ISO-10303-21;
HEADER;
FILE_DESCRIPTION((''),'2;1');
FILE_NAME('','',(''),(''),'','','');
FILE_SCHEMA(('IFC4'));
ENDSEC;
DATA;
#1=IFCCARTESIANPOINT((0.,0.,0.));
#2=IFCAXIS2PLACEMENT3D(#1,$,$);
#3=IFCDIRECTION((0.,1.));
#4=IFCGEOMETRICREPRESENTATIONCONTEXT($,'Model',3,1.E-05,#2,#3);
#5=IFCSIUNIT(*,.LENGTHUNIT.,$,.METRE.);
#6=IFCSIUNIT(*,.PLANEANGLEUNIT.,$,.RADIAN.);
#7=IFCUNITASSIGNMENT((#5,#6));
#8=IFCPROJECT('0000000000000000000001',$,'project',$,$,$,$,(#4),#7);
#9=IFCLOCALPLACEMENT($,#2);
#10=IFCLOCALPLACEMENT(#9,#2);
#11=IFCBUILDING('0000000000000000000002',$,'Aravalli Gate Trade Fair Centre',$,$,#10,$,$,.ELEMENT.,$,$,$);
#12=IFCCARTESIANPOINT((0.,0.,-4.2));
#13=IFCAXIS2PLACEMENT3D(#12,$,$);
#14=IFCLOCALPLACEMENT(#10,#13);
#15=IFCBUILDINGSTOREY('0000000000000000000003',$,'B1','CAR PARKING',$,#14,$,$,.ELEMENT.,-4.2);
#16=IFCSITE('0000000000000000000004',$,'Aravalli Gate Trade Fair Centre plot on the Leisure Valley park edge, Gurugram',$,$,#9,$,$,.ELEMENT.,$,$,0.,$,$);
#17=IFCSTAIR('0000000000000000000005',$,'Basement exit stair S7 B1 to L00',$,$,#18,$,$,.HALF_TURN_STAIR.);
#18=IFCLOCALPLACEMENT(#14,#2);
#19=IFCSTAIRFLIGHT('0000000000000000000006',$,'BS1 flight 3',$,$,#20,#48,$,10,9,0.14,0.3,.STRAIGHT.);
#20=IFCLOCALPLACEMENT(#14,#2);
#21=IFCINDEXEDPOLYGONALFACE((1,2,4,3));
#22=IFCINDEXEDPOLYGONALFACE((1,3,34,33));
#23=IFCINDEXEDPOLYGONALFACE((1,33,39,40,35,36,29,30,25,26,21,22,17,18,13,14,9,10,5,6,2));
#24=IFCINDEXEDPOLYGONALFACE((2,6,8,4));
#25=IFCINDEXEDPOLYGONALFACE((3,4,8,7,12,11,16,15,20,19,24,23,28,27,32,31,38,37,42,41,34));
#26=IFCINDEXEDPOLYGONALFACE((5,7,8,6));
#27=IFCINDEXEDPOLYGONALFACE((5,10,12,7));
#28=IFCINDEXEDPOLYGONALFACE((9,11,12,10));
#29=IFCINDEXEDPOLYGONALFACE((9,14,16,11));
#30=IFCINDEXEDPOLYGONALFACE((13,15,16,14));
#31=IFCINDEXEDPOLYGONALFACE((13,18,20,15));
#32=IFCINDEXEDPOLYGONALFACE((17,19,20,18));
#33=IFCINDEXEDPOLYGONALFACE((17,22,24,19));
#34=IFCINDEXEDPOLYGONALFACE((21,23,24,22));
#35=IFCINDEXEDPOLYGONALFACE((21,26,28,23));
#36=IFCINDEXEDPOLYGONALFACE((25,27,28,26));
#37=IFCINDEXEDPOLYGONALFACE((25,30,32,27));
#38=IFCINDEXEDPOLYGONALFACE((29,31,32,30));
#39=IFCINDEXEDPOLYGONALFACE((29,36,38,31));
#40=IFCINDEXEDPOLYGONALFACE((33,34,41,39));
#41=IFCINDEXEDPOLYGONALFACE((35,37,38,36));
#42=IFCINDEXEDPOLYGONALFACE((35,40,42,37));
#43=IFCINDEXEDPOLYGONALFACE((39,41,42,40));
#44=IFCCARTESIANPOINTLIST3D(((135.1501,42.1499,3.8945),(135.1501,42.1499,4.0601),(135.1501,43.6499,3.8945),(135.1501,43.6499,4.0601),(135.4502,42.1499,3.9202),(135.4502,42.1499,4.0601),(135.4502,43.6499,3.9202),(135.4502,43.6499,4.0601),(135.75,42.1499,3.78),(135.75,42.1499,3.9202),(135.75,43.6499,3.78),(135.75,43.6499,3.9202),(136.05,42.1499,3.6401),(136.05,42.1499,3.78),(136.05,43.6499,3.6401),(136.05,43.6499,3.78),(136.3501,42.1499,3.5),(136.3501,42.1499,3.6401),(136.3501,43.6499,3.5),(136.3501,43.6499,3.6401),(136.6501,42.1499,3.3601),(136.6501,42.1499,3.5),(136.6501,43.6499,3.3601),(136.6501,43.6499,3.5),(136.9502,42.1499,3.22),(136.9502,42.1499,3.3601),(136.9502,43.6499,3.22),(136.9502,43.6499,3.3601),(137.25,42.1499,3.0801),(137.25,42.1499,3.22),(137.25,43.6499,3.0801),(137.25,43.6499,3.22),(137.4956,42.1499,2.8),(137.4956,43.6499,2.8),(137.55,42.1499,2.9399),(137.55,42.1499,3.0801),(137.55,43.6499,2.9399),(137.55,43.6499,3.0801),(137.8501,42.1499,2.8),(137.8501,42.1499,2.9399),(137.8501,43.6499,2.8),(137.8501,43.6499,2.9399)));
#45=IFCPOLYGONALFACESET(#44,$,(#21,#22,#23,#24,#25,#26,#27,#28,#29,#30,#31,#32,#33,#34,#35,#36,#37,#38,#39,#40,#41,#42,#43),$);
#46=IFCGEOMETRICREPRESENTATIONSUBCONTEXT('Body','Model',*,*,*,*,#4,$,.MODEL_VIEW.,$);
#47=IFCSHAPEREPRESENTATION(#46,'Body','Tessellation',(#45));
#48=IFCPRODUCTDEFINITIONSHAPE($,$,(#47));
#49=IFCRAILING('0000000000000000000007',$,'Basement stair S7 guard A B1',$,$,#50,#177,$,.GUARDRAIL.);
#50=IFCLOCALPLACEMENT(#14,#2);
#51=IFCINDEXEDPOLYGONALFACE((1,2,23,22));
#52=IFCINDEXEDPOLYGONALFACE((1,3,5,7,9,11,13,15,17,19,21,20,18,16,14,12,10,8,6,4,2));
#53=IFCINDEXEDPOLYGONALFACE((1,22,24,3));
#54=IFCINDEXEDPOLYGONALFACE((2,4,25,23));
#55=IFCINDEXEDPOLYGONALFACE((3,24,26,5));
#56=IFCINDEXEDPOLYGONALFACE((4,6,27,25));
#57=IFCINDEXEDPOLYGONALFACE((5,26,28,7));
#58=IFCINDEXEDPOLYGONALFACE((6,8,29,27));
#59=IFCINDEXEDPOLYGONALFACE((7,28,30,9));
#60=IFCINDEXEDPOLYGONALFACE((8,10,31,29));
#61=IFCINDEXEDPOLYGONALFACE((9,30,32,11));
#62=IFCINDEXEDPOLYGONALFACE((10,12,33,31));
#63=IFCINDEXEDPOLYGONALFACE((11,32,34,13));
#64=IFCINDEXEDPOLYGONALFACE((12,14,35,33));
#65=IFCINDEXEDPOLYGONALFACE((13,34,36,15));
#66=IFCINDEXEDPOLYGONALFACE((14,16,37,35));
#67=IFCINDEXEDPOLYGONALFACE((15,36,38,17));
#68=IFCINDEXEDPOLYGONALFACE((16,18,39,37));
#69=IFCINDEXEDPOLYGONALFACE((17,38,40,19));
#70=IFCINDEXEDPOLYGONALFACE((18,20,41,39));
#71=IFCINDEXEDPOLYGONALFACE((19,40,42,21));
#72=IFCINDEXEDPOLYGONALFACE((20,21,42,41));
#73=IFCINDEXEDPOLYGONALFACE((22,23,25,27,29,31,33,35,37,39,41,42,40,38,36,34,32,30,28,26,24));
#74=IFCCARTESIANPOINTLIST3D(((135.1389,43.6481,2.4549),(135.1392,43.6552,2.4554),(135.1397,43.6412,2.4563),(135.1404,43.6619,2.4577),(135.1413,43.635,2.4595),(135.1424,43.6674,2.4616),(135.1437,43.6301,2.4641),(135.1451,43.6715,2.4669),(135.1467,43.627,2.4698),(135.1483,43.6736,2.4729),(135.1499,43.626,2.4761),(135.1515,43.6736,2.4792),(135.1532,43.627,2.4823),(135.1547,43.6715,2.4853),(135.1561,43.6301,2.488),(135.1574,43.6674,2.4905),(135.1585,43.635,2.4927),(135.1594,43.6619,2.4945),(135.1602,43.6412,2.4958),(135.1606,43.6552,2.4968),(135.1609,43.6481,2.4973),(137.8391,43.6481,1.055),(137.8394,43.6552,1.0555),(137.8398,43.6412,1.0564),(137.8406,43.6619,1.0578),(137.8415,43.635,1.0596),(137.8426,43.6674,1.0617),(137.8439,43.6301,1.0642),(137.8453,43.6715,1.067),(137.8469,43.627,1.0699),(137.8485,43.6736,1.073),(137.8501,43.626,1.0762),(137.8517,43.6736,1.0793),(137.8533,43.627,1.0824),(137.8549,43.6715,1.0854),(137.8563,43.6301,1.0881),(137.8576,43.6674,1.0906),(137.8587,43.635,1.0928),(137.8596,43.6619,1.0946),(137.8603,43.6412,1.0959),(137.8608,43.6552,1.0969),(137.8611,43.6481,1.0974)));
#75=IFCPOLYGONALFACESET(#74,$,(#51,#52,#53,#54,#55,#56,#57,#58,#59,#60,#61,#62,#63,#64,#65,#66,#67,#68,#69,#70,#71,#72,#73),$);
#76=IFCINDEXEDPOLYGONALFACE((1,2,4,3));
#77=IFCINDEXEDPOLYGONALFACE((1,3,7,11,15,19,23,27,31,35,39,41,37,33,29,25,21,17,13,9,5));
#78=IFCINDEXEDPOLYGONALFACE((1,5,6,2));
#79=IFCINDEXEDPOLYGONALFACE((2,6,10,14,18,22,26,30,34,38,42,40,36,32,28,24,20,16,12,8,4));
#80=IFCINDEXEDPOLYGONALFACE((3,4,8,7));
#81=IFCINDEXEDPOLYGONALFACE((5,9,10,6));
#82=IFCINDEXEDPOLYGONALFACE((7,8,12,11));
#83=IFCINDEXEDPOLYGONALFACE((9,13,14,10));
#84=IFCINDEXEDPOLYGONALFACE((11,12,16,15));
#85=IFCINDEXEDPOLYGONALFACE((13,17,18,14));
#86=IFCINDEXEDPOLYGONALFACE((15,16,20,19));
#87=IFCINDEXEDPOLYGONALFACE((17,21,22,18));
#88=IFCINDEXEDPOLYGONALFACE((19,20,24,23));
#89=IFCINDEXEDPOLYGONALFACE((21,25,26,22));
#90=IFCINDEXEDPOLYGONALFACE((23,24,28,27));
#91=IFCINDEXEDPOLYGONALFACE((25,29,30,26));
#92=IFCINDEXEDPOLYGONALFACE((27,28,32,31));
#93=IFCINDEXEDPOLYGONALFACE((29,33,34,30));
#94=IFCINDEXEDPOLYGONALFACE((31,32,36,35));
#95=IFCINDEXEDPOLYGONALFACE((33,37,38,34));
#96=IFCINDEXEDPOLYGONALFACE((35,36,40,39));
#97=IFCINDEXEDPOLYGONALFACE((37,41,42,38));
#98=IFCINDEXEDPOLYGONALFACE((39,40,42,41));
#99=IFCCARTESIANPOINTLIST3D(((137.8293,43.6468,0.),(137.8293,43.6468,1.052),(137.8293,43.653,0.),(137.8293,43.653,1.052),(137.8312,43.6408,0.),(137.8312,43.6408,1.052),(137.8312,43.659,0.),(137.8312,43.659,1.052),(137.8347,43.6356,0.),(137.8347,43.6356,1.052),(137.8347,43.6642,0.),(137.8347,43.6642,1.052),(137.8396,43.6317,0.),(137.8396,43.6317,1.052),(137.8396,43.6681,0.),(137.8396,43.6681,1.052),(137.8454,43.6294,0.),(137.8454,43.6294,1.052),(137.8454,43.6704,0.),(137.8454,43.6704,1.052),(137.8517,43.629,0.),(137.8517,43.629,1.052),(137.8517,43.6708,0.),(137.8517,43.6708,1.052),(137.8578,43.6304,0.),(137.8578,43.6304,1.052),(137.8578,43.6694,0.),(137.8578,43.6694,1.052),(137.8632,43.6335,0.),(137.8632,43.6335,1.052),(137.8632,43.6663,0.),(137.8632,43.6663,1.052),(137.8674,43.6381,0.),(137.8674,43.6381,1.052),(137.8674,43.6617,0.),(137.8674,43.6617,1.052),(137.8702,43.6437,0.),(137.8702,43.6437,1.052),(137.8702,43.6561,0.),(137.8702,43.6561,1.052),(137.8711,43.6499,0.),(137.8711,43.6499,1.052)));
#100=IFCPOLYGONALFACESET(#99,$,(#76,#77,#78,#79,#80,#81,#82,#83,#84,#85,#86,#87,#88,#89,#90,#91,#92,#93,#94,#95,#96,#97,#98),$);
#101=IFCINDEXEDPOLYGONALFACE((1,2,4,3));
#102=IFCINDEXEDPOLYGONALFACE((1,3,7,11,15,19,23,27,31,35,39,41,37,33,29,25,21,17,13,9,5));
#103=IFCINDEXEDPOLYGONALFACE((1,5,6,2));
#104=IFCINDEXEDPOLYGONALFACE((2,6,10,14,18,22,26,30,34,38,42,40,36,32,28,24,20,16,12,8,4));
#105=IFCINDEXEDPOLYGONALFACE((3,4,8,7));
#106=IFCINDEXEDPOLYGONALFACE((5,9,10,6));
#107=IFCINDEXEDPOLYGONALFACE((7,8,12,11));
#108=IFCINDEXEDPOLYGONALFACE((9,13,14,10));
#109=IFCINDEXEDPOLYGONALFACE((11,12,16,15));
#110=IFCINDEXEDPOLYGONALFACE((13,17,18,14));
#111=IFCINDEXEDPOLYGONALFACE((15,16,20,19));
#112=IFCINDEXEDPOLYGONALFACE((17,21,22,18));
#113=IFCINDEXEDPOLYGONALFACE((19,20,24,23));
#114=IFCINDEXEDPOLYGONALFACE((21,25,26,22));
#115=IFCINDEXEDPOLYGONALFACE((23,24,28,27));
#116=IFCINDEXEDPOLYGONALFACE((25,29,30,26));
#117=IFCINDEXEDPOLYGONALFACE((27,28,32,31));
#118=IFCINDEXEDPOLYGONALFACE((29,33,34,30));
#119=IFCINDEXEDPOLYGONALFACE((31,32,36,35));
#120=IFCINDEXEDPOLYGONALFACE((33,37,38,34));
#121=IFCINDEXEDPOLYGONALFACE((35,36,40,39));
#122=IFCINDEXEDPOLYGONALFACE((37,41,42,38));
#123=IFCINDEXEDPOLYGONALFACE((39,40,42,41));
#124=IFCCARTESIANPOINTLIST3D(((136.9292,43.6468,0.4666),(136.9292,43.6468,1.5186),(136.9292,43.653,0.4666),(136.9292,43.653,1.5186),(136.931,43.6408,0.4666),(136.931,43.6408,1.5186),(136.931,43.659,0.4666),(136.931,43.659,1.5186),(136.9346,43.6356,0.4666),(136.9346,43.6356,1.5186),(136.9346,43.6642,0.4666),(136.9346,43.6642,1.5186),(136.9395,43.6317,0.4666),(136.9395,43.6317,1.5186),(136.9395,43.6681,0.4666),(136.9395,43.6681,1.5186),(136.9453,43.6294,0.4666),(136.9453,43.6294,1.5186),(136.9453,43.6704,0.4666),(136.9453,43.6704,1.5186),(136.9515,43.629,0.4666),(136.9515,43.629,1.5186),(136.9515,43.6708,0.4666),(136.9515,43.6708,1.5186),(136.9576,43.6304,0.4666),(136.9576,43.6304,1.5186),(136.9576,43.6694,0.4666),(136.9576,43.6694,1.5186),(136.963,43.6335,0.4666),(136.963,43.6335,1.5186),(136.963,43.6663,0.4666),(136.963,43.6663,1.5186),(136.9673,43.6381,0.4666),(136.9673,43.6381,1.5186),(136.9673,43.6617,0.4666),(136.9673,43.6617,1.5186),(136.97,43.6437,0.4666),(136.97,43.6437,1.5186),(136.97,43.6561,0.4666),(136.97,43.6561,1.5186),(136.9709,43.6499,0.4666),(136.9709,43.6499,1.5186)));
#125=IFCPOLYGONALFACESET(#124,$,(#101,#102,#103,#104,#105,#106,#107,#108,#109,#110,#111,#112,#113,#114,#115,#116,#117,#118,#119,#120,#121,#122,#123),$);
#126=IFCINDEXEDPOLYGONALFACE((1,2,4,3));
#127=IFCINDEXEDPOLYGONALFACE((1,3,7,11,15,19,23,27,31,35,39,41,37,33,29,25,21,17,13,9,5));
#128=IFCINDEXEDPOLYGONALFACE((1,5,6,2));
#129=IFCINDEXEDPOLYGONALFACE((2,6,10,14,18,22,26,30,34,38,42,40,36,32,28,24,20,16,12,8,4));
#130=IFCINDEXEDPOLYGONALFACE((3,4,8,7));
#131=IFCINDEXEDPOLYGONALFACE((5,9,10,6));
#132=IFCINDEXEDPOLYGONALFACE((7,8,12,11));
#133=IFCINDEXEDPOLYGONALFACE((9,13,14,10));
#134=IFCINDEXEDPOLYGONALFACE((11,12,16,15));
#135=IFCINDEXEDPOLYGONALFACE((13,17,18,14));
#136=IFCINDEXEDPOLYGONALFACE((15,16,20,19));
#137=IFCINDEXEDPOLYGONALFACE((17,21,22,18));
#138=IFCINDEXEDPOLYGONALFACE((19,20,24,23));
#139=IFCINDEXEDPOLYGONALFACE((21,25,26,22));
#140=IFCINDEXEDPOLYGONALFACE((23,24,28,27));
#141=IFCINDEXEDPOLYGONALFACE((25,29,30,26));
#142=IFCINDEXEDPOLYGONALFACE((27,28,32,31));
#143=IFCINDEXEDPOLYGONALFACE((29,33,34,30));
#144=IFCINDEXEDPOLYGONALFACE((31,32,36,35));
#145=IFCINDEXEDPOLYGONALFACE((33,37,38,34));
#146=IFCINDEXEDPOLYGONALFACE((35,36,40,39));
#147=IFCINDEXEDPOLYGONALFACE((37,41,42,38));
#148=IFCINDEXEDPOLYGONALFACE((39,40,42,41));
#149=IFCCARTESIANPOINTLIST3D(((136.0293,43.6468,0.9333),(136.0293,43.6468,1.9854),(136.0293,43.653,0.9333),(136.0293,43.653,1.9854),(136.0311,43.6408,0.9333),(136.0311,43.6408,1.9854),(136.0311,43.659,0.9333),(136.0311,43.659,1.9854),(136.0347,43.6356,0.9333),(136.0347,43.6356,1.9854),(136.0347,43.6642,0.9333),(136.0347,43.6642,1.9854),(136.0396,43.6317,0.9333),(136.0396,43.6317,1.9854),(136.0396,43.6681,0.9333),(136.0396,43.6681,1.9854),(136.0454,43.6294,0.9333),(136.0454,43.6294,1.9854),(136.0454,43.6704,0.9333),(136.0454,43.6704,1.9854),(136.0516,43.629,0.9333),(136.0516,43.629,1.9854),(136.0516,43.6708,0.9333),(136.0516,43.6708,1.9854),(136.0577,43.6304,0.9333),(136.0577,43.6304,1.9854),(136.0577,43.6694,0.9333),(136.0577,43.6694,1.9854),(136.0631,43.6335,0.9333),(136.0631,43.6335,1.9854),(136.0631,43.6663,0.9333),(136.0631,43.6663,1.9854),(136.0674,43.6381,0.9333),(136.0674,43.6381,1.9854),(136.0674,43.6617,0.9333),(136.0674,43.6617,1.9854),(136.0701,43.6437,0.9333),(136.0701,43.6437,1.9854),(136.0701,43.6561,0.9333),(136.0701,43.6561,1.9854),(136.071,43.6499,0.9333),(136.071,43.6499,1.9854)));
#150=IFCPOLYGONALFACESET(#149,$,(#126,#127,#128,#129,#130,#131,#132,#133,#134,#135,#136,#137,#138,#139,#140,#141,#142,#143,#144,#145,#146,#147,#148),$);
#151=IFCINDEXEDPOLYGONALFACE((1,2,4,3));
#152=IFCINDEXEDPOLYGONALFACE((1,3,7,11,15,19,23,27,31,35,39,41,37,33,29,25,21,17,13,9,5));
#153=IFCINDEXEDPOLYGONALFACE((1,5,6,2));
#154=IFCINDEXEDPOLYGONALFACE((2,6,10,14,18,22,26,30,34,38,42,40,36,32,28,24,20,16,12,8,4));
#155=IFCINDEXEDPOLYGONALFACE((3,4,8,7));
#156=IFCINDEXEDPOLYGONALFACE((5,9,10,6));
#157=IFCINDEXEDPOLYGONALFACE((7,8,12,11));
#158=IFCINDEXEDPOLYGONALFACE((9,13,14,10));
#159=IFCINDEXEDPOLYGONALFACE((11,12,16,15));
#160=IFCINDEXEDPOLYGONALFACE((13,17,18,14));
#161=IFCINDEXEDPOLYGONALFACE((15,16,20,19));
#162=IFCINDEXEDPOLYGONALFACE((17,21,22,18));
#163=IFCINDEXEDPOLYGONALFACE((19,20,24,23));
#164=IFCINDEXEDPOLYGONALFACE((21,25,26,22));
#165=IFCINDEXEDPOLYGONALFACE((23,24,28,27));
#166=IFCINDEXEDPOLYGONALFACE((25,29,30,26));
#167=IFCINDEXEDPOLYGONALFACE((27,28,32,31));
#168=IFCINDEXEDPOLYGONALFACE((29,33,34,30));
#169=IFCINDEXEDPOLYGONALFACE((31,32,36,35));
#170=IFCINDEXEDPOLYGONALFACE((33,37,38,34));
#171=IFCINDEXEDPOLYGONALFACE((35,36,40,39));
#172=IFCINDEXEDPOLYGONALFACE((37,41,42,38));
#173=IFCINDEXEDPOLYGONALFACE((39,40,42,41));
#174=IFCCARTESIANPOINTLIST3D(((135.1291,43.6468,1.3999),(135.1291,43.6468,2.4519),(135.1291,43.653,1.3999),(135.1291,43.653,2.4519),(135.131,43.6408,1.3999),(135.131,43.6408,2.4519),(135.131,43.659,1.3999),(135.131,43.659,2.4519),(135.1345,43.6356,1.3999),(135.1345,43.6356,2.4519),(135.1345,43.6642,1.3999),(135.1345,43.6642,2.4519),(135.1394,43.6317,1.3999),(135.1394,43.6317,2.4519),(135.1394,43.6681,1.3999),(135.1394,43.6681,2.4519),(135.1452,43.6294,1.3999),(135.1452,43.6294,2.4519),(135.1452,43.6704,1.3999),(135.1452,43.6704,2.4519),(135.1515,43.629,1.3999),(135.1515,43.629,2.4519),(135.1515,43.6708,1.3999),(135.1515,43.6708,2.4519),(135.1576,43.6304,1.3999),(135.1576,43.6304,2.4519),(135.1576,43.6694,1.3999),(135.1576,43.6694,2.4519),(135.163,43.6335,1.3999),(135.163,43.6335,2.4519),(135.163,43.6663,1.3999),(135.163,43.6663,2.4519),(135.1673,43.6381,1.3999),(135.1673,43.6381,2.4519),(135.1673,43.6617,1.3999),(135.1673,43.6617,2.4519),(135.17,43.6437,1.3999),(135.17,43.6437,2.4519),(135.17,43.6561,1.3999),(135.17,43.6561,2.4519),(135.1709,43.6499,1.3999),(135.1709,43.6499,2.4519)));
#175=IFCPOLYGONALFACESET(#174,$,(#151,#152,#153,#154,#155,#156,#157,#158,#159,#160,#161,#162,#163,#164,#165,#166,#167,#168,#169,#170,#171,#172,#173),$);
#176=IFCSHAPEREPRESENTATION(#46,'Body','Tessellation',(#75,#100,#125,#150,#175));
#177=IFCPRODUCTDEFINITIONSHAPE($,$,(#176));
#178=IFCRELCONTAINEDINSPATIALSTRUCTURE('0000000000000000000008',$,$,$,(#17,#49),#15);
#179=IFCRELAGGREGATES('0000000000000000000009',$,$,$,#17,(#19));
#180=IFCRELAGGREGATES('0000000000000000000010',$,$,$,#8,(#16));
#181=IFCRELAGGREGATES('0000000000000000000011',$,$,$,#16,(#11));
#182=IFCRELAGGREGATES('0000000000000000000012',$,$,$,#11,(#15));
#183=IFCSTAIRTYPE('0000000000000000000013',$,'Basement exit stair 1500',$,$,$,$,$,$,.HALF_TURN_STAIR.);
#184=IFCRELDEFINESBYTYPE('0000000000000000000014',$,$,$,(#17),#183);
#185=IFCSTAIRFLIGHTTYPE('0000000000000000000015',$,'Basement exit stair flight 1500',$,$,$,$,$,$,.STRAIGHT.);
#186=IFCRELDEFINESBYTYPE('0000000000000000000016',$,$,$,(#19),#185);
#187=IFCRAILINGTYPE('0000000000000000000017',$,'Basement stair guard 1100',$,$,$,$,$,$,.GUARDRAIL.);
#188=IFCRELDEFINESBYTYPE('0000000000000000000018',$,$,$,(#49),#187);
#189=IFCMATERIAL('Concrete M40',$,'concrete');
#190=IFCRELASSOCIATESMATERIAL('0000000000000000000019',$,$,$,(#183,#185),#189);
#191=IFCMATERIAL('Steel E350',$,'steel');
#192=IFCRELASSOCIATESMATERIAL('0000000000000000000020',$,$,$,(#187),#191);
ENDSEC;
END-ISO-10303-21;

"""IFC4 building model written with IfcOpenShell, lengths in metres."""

from ifc_helpers import new_model, si_unit, direction, frame, origin, origin_2d, place, context, subcontext, project, spatial, polyline, circle, outline, extrude, material, type_object, element, aggregate, save


model = new_model("IFC4")

# Units and contexts
model_context = context("Model", 3, precision=1e-05, world=origin(), true_north=direction((0.0, 1.0)))
body_context = subcontext(model_context, "Body", "Model", "MODEL_VIEW")
ifc_project = project(units=[si_unit("LENGTHUNIT", "METRE"), si_unit("PLANEANGLEUNIT", "RADIAN")], contexts=[model_context])

# Site, building, storey
site_placement = place(None, origin())
site = spatial("IfcSite", under=ifc_project, at=site_placement, Name="Aravalli Gate Trade Fair Centre plot on the Leisure Valley park edge, Gurugram", CompositionType="ELEMENT", RefElevation=0.0)
building_placement = place(site_placement, origin())
building = spatial("IfcBuilding", under=site, at=building_placement, Name="Aravalli Gate Trade Fair Centre", CompositionType="ELEMENT")
storey_placement = place(building_placement, frame((0.0, 0.0, -4.2)))
storey = spatial("IfcBuildingStorey", under=building, at=storey_placement, Name="B1", Description="CAR PARKING", CompositionType="ELEMENT", Elevation=-4.2)

# Stair, stair flight
ifc_material_1 = material(Name="Concrete M40", Category="concrete")
stair_type = type_object("IfcStairType", Name="Basement exit stair 1500", PredefinedType="HALF_TURN_STAIR", material=ifc_material_1)
stair_placement = place(storey_placement, origin())
stair = element("IfcStair", 1, at=stair_placement, inside=storey, type_object=stair_type, Name="Basement exit stair S7 B1 to L00", PredefinedType="HALF_TURN_STAIR")
stair_flight_type = type_object("IfcStairFlightType", Name="Basement exit stair flight 1500", PredefinedType="STRAIGHT", material=ifc_material_1)
stair_flight_1_placement = place(storey_placement, frame((137.8501, 42.8999, 2.8), z_axis=(0.0, 0.0, 1.0), x_axis=(-1.0, 0.0, 0.0)))
stair_flight_1 = element("IfcStairFlight", 2, at=stair_flight_1_placement, type_object=stair_flight_type, Name="BS1 flight 3", NumberOfRisers=10, NumberOfTreads=9, PredefinedType="STRAIGHT", RiserHeight=0.14, TreadLength=0.3, context=body_context, shape_type="SweptSolid", body=[
    extrude(outline(polyline([(0.0, 0.0), (0.0, 0.1399), (0.3, 0.1399), (0.3, 0.28), (0.6001, 0.28), (0.6001, 0.4199), (0.8999, 0.4199), (0.8999, 0.5601), (1.2, 0.5601), (1.2, 0.7), (1.5, 0.7), (1.5, 0.8401), (1.8, 0.8401), (1.8, 0.98), (2.1001, 0.98), (2.1001, 1.1201), (2.3999, 1.1201), (2.3999, 1.26), (2.7, 1.26), (2.7, 1.3999), (2.7, 1.0945), (0.3545, 0.0), (0.0, 0.0)])), frame((0.0, 0.75, 0.0), z_axis=(0.0, -1.0, 0.0), x_axis=(1.0, 0.0, 0.0)), (0.0, 0.0, 1.0), 1.5),
])
aggregate(stair, [stair_flight_1])

# Railing
ifc_material_2 = material(Name="Steel E350", Category="steel")
railing_type_1 = type_object("IfcRailingType", Name="Basement stair guard 1100", PredefinedType="GUARDRAIL", material=ifc_material_2)
for number, where, name in (
    (3, (137.8501, 43.6499, 0.0), "Basement stair S7 guard A B1"),
):
    element("IfcRailing", number, at=place(storey_placement, frame(where)), inside=storey, type_object=railing_type_1, Name=name, PredefinedType="GUARDRAIL", context=body_context, shape_type="SweptSolid", body=[
        extrude(circle(Radius=0.0239, at=origin_2d()), frame((0.0, 0.0, 1.0762), z_axis=(-0.887781, 0.0, 0.460266), x_axis=(0.0, -1.0, 0.0)), (0.0, 0.0, 1.0), 3.0415),
        extrude(circle(Radius=0.021, at=origin_2d()), origin(), (0.0, 0.0, 1.0), 1.052),
        extrude(circle(Radius=0.021, at=origin_2d()), frame((-0.9001, 0.0, 0.4666)), (0.0, 0.0, 1.0), 1.052),
        extrude(circle(Radius=0.021, at=origin_2d()), frame((-1.8, 0.0, 0.9333)), (0.0, 0.0, 1.0), 1.052),
        extrude(circle(Radius=0.021, at=origin_2d()), frame((-2.7002, 0.0, 1.3999)), (0.0, 0.0, 1.0), 1.052),
    ])

save(model, "model.ifc")
